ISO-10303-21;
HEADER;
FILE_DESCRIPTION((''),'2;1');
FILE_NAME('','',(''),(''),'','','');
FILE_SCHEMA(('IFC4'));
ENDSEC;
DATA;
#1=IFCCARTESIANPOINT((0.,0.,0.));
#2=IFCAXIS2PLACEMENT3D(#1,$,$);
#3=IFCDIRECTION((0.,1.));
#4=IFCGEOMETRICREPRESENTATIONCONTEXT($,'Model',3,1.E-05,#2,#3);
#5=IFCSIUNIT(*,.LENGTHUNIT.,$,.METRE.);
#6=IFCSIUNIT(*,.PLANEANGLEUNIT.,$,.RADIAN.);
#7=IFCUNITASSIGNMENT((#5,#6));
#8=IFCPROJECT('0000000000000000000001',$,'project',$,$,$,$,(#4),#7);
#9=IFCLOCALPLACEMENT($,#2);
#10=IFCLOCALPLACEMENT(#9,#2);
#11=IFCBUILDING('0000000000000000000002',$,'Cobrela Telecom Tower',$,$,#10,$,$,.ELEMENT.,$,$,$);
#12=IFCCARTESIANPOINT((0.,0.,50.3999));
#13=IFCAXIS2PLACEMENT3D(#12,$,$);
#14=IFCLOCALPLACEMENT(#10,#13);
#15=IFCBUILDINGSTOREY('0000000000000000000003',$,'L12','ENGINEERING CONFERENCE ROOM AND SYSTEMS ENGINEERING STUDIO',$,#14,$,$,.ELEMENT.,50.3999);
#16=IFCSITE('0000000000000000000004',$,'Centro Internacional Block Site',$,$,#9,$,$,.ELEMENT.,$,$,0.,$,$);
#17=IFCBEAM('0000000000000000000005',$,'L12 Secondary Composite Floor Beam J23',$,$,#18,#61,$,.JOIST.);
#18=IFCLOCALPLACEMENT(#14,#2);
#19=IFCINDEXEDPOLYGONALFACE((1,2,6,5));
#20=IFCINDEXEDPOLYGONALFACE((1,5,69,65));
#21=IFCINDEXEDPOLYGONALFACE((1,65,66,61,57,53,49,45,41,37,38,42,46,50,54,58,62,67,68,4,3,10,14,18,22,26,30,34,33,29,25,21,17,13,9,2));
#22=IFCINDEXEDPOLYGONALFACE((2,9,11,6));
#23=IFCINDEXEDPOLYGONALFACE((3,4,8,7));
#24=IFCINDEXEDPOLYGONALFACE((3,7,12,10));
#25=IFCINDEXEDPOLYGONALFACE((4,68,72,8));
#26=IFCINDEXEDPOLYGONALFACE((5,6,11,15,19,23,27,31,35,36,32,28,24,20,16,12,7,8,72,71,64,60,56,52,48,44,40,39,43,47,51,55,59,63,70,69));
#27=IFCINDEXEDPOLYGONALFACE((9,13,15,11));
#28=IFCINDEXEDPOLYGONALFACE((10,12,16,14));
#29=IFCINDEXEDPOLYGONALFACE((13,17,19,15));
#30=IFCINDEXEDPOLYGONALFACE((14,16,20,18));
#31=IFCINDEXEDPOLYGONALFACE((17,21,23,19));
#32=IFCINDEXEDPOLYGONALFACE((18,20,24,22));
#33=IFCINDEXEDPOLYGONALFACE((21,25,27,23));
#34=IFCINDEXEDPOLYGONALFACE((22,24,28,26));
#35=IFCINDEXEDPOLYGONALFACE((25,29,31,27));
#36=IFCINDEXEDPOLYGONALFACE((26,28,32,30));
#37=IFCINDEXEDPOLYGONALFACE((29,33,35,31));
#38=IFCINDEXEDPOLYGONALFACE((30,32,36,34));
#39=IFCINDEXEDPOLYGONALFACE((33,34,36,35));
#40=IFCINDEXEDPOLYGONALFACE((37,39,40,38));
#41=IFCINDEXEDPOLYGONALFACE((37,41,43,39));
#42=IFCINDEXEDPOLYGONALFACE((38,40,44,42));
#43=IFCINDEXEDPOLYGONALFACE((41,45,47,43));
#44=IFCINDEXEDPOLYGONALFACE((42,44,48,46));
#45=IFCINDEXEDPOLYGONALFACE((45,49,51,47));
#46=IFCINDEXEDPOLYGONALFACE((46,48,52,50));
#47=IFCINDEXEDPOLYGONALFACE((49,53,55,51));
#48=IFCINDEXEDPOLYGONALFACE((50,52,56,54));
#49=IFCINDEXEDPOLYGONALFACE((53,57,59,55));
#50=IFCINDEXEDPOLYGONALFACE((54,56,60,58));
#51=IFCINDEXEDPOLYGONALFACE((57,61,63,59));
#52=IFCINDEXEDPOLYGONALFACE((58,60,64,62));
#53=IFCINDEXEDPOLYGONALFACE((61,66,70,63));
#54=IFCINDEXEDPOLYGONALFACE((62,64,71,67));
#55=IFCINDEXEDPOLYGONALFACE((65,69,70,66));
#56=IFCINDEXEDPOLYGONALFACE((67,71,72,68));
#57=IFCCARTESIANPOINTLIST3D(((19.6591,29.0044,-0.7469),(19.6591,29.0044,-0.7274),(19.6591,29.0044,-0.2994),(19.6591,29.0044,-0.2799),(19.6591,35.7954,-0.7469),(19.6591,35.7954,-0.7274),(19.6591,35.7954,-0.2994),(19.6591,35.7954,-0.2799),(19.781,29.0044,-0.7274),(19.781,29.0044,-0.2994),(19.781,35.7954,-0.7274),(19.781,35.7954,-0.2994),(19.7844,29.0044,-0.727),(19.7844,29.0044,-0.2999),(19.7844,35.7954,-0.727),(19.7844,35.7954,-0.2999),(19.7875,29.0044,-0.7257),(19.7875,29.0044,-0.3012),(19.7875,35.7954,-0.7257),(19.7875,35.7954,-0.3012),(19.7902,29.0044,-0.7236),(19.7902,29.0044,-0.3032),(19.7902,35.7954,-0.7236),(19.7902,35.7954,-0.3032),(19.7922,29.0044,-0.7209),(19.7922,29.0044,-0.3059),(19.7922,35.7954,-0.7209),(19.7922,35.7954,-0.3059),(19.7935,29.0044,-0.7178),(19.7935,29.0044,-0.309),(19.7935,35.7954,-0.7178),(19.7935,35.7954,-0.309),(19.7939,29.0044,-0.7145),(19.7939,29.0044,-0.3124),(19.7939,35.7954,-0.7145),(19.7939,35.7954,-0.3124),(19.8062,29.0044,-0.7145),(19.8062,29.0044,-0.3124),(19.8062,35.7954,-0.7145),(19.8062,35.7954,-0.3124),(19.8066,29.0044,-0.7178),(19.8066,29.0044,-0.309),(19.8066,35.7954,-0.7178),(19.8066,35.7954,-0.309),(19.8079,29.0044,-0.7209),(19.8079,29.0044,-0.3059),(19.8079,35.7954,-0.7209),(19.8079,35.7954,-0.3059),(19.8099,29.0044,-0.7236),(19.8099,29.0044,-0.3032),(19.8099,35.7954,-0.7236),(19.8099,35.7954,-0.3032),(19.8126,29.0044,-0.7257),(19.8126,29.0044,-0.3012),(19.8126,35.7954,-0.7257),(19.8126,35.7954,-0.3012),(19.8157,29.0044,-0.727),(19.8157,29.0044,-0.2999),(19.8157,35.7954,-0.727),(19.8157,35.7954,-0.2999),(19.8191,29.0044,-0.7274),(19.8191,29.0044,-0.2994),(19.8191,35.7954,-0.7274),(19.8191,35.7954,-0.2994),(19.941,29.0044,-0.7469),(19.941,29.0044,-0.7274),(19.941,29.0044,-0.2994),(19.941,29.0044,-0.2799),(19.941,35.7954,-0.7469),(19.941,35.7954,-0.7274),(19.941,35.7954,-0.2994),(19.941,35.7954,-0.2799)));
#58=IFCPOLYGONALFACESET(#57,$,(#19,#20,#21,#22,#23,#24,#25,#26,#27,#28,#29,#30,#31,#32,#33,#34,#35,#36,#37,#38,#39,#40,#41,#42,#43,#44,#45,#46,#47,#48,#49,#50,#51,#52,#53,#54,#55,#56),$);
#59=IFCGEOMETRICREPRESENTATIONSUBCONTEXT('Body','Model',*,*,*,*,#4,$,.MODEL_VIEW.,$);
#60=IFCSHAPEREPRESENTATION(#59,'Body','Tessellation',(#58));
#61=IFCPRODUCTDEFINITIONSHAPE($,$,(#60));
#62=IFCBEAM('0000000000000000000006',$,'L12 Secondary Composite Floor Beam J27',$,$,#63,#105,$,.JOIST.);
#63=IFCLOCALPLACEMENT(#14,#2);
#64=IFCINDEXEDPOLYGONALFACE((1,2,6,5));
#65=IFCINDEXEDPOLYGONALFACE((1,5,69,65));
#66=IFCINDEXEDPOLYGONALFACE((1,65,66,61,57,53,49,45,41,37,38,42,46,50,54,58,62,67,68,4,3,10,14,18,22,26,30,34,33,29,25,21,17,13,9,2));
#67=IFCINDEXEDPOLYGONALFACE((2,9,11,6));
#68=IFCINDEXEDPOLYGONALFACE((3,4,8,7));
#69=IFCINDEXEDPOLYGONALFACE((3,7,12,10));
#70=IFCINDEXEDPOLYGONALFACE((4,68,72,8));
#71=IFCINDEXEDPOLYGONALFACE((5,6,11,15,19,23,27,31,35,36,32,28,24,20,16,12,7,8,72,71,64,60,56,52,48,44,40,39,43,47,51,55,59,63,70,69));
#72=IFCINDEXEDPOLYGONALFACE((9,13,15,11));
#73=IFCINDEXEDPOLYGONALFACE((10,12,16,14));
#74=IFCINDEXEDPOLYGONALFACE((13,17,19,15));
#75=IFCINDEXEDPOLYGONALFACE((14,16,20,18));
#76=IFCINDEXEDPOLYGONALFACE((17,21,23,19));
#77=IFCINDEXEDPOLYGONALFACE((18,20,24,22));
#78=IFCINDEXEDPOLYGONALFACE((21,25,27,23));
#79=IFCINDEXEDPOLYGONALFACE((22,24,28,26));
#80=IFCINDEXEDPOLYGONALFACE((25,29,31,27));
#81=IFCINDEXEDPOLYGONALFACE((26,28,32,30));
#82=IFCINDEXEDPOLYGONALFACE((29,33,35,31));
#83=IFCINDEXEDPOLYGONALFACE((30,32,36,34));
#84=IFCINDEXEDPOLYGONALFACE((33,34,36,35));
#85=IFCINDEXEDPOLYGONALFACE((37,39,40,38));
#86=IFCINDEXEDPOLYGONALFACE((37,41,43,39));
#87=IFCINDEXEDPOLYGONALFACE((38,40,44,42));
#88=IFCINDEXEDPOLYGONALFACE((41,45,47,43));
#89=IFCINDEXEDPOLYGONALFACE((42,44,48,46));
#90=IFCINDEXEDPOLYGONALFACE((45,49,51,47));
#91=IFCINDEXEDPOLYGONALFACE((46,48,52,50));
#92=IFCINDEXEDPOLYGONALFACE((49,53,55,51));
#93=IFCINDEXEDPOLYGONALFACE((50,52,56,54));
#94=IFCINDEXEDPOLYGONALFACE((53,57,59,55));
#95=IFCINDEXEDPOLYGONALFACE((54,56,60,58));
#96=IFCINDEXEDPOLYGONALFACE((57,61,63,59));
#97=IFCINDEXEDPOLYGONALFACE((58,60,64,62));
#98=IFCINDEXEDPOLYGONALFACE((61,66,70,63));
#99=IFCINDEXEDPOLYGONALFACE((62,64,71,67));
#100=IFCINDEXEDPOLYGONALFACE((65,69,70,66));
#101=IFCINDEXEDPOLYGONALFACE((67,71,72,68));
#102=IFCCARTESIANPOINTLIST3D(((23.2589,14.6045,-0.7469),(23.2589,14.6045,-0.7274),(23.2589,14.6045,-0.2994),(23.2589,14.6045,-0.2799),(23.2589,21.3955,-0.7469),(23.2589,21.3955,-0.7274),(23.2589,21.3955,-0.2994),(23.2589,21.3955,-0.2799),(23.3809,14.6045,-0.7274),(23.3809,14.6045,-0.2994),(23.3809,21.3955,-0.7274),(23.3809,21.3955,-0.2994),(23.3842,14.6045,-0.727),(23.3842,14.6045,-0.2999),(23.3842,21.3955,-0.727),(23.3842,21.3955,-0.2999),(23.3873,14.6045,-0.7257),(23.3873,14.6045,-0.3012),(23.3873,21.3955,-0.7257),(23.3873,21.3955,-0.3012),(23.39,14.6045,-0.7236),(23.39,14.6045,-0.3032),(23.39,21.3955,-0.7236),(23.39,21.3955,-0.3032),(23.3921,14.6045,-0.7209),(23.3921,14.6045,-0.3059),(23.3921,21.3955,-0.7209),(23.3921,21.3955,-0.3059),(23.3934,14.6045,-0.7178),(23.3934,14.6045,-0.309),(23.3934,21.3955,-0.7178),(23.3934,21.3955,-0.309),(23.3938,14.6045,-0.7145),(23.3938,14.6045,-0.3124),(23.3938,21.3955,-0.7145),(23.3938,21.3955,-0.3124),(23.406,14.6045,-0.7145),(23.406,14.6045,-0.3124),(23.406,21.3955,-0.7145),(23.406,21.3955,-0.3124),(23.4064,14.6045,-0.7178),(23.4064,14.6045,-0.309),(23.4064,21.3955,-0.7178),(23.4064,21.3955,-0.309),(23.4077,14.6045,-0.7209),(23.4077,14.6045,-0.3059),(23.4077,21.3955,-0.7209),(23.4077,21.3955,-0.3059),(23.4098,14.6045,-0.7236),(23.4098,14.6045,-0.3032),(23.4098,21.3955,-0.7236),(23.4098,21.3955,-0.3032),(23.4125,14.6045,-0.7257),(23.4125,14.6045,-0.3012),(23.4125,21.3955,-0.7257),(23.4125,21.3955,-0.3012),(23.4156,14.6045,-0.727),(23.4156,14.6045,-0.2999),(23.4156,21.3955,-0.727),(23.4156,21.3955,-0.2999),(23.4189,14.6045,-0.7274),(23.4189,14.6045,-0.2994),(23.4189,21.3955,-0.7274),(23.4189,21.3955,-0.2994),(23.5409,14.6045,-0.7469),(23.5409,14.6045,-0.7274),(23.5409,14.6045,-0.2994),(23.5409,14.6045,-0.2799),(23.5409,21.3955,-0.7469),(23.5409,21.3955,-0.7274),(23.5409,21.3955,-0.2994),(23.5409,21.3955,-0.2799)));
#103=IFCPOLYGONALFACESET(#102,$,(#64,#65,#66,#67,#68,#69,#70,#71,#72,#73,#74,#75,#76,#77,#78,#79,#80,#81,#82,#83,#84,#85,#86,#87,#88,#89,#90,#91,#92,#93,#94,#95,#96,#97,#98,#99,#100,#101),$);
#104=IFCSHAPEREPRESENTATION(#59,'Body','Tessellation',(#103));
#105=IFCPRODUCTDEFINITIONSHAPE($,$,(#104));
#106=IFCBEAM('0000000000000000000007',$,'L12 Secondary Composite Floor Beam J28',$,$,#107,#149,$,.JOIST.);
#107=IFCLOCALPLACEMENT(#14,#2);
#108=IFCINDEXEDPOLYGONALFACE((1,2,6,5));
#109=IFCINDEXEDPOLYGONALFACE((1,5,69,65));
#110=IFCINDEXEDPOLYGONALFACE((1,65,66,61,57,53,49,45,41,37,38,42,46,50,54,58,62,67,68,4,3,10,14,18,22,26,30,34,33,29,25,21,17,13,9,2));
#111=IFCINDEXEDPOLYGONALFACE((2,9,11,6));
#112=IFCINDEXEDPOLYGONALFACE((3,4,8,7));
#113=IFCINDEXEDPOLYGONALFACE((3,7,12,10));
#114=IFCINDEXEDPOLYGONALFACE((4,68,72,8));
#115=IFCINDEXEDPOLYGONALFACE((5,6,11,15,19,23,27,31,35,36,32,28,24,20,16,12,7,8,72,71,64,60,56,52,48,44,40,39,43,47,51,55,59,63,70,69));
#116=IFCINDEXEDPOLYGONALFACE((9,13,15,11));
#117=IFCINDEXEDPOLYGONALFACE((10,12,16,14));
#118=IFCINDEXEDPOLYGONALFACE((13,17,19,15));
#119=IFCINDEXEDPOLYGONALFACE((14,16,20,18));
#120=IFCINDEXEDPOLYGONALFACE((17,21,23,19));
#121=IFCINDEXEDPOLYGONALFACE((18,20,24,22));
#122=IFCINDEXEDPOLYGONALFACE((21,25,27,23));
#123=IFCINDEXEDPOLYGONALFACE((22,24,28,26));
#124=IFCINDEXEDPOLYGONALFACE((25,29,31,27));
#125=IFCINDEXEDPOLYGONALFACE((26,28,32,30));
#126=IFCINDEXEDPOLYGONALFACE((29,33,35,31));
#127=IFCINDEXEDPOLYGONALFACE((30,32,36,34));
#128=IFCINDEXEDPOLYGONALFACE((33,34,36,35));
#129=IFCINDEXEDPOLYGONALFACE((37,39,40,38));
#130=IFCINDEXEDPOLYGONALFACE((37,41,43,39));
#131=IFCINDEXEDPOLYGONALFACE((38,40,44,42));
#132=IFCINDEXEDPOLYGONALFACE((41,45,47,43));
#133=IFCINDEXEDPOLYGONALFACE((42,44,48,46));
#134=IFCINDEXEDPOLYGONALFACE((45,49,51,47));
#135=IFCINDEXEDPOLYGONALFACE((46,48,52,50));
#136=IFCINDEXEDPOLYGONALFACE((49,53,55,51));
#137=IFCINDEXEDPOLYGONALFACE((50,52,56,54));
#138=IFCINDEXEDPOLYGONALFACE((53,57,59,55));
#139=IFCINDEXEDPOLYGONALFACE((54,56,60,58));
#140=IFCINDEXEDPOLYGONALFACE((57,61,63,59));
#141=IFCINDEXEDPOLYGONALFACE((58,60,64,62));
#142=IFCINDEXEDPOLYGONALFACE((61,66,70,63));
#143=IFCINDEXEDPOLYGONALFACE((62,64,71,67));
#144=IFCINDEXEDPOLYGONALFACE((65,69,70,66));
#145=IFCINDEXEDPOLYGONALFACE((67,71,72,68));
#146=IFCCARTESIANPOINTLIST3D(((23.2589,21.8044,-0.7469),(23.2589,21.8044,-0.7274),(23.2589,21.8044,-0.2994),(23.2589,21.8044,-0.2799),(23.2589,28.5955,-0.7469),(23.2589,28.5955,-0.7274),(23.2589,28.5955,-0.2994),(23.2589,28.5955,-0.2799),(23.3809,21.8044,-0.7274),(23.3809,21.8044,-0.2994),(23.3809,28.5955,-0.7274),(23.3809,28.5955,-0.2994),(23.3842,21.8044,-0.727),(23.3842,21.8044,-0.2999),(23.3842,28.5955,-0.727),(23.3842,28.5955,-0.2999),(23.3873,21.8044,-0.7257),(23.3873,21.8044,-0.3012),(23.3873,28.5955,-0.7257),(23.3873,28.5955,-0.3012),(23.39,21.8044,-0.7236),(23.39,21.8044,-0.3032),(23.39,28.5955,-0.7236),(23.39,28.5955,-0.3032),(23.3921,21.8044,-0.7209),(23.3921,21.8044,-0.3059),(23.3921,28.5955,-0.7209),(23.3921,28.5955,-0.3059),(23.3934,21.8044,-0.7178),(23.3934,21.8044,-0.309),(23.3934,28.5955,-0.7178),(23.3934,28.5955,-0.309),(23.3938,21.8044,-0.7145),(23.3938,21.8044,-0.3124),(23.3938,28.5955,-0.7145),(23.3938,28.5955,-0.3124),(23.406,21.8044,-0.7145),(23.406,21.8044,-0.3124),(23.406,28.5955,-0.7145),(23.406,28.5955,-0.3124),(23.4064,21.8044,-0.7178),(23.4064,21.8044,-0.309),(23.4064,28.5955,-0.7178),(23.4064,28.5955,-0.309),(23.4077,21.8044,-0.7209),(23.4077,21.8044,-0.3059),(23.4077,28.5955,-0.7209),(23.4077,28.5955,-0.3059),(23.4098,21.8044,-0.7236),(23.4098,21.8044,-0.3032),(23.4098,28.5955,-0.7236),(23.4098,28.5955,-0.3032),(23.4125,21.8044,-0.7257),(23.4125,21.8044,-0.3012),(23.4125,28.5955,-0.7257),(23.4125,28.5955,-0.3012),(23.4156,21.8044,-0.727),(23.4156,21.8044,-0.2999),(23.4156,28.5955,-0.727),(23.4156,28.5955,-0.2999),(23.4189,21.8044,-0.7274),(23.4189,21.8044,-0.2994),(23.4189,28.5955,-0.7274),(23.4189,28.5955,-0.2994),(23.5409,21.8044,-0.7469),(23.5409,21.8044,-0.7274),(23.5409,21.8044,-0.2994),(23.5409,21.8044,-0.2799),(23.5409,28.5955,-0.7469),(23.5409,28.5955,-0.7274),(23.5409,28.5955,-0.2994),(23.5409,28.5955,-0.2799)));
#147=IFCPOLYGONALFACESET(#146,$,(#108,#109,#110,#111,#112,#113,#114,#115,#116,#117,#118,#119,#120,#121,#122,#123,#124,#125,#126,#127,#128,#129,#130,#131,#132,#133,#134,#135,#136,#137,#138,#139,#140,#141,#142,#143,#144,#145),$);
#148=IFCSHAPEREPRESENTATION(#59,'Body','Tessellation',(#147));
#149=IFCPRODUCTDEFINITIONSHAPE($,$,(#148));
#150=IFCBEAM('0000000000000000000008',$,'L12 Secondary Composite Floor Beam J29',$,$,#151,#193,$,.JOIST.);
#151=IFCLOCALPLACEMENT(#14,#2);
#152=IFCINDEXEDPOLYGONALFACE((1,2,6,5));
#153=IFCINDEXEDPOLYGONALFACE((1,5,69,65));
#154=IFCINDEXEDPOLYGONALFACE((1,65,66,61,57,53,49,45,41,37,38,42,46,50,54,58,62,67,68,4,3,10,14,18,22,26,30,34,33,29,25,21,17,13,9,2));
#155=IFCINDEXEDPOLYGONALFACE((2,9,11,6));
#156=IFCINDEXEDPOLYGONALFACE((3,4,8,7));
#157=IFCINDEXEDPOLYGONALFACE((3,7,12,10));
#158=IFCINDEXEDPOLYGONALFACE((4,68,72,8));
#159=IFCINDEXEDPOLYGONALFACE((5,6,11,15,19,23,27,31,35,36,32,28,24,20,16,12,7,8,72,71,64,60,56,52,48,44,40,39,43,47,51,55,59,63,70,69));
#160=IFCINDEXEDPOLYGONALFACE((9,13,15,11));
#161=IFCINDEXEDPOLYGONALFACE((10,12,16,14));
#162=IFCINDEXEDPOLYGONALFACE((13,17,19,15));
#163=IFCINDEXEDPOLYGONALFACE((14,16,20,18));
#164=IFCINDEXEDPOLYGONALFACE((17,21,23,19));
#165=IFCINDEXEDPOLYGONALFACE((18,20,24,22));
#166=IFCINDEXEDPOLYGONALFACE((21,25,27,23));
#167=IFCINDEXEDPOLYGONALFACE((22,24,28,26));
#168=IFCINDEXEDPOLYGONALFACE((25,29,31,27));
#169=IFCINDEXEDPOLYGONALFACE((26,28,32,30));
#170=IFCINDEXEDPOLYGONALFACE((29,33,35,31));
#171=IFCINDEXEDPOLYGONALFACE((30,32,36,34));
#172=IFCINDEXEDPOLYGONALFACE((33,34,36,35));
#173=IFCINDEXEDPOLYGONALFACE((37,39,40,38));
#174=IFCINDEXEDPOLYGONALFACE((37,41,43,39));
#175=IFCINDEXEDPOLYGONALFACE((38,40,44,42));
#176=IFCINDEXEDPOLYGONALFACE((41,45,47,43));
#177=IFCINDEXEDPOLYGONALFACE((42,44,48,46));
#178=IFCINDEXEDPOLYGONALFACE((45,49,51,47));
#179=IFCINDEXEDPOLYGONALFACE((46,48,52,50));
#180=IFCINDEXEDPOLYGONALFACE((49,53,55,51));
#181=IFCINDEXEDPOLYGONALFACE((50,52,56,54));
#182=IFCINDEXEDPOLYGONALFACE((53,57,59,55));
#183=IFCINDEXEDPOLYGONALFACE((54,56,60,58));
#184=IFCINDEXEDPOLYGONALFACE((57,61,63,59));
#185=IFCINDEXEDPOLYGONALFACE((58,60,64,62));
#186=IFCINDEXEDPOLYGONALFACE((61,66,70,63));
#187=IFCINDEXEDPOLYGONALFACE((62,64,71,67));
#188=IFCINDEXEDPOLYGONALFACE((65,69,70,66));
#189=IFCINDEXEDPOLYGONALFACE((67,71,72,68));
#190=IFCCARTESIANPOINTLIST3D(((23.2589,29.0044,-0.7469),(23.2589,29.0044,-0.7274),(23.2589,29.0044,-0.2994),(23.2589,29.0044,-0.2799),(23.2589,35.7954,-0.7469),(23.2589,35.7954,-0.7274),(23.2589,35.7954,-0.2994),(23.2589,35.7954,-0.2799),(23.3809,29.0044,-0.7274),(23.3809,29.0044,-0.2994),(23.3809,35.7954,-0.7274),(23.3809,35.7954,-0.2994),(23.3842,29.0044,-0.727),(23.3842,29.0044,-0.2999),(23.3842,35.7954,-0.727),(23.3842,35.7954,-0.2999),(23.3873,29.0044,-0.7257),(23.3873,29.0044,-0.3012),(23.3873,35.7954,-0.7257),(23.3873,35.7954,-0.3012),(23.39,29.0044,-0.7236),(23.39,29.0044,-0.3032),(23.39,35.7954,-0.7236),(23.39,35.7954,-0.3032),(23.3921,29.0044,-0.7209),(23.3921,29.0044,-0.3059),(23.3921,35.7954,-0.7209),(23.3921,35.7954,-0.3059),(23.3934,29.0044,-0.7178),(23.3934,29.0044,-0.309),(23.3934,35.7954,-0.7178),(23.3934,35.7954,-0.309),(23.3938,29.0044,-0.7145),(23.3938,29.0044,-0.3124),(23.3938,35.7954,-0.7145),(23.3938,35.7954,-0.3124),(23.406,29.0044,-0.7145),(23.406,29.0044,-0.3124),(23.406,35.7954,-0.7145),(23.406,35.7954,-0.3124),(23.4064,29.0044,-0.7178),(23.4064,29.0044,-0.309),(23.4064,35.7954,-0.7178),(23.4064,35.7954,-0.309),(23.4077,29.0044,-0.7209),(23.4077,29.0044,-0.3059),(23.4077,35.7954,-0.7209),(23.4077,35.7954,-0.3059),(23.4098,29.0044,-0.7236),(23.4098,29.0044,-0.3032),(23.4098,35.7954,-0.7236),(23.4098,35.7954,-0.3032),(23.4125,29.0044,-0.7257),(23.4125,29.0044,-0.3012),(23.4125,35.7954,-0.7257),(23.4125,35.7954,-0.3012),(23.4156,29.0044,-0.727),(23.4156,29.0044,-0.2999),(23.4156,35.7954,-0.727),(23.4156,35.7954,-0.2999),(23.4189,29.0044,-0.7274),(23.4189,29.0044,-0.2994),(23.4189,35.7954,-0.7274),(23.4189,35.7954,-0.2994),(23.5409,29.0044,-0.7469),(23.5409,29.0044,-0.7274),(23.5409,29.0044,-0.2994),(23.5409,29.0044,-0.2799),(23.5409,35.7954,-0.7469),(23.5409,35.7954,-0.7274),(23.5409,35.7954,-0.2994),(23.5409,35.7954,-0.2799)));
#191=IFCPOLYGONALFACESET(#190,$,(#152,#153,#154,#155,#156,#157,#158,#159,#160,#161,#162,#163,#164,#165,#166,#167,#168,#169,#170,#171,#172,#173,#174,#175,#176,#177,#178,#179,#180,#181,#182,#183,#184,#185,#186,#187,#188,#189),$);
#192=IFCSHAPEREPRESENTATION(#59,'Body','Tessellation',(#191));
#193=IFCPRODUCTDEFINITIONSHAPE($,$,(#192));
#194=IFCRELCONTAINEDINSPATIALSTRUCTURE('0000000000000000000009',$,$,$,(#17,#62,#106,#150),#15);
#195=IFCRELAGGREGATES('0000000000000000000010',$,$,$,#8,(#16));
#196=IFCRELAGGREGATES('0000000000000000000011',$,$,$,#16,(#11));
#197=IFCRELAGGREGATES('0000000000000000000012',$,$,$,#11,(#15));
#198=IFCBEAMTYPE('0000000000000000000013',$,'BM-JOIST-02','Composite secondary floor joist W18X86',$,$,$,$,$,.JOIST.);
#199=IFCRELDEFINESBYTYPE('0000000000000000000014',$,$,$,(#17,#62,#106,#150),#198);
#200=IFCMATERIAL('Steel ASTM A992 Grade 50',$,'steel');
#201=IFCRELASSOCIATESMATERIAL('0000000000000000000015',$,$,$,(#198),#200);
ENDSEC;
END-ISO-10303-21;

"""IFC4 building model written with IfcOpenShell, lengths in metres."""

from ifc_helpers import new_model, si_unit, direction, frame, origin, origin_2d, place, context, subcontext, project, spatial, i_section, extrude, material, material_profile, profile_set, type_object, element, save


model = new_model("IFC4")

# Units and contexts
model_context = context("Model", 3, precision=1e-05, world=origin(), true_north=direction((0.0, 1.0)))
body_context = subcontext(model_context, "Body", "Model", "MODEL_VIEW")
ifc_project = project(units=[si_unit("LENGTHUNIT", "METRE"), si_unit("PLANEANGLEUNIT", "RADIAN")], contexts=[model_context])

# Site, building, storey
site_placement = place(None, origin())
site = spatial("IfcSite", under=ifc_project, at=site_placement, Name="Centro Internacional Block Site", CompositionType="ELEMENT", RefElevation=0.0)
building_placement = place(site_placement, origin())
building = spatial("IfcBuilding", under=site, at=building_placement, Name="Cobrela Telecom Tower", CompositionType="ELEMENT")
storey_placement = place(building_placement, frame((0.0, 0.0, 50.3999)))
storey = spatial("IfcBuildingStorey", under=building, at=storey_placement, Name="L12", Description="ENGINEERING CONFERENCE ROOM AND SYSTEMS ENGINEERING STUDIO", CompositionType="ELEMENT", Elevation=50.3999)

# Shared definitions
ifc_material_1 = material(Name="Steel ASTM A992 Grade 50", Category="steel")

# Beams
ifc_material_profile_1 = material_profile(ifc_material_1, i_section(OverallWidth=0.282, OverallDepth=0.467, WebThickness=0.0122, FlangeThickness=0.0195, FilletRadius=0.0129, at=origin_2d()), Name="W18X86")
ifc_profile_set_1 = profile_set([ifc_material_profile_1], Name="Steel ASTM A992 Grade 50")
beam_type_1 = type_object("IfcBeamType", Name="BM-JOIST-02", Description="Composite secondary floor joist W18X86", PredefinedType="JOIST", material=ifc_profile_set_1)
for number, where, z_axis, x_axis, name in (
    (1, (19.8, 29.0044, -0.5134), (0.0, 1.0, 0.0), (-1.0, 0.0, 0.0), "L12 Secondary Composite Floor Beam J23"),
    (2, (23.3999, 14.6045, -0.5134), (0.0, 1.0, 0.0), (-1.0, 0.0, 0.0), "L12 Secondary Composite Floor Beam J27"),
    (3, (23.3999, 21.8044, -0.5134), (0.0, 1.0, 0.0), (-1.0, 0.0, 0.0), "L12 Secondary Composite Floor Beam J28"),
    (4, (23.3999, 29.0044, -0.5134), (0.0, 1.0, 0.0), (-1.0, 0.0, 0.0), "L12 Secondary Composite Floor Beam J29"),
):
    element("IfcBeam", number, at=place(storey_placement, frame(where, z_axis=z_axis, x_axis=x_axis)), inside=storey, type_object=beam_type_1, Name=name, PredefinedType="JOIST", context=body_context, shape_type="SweptSolid", body=[
        extrude(i_section(OverallWidth=0.282, OverallDepth=0.467, WebThickness=0.0122, FlangeThickness=0.0195, FilletRadius=0.0129, at=origin_2d()), origin(), (0.0, 0.0, 1.0), 6.791),
    ])

save(model, "model.ifc")
